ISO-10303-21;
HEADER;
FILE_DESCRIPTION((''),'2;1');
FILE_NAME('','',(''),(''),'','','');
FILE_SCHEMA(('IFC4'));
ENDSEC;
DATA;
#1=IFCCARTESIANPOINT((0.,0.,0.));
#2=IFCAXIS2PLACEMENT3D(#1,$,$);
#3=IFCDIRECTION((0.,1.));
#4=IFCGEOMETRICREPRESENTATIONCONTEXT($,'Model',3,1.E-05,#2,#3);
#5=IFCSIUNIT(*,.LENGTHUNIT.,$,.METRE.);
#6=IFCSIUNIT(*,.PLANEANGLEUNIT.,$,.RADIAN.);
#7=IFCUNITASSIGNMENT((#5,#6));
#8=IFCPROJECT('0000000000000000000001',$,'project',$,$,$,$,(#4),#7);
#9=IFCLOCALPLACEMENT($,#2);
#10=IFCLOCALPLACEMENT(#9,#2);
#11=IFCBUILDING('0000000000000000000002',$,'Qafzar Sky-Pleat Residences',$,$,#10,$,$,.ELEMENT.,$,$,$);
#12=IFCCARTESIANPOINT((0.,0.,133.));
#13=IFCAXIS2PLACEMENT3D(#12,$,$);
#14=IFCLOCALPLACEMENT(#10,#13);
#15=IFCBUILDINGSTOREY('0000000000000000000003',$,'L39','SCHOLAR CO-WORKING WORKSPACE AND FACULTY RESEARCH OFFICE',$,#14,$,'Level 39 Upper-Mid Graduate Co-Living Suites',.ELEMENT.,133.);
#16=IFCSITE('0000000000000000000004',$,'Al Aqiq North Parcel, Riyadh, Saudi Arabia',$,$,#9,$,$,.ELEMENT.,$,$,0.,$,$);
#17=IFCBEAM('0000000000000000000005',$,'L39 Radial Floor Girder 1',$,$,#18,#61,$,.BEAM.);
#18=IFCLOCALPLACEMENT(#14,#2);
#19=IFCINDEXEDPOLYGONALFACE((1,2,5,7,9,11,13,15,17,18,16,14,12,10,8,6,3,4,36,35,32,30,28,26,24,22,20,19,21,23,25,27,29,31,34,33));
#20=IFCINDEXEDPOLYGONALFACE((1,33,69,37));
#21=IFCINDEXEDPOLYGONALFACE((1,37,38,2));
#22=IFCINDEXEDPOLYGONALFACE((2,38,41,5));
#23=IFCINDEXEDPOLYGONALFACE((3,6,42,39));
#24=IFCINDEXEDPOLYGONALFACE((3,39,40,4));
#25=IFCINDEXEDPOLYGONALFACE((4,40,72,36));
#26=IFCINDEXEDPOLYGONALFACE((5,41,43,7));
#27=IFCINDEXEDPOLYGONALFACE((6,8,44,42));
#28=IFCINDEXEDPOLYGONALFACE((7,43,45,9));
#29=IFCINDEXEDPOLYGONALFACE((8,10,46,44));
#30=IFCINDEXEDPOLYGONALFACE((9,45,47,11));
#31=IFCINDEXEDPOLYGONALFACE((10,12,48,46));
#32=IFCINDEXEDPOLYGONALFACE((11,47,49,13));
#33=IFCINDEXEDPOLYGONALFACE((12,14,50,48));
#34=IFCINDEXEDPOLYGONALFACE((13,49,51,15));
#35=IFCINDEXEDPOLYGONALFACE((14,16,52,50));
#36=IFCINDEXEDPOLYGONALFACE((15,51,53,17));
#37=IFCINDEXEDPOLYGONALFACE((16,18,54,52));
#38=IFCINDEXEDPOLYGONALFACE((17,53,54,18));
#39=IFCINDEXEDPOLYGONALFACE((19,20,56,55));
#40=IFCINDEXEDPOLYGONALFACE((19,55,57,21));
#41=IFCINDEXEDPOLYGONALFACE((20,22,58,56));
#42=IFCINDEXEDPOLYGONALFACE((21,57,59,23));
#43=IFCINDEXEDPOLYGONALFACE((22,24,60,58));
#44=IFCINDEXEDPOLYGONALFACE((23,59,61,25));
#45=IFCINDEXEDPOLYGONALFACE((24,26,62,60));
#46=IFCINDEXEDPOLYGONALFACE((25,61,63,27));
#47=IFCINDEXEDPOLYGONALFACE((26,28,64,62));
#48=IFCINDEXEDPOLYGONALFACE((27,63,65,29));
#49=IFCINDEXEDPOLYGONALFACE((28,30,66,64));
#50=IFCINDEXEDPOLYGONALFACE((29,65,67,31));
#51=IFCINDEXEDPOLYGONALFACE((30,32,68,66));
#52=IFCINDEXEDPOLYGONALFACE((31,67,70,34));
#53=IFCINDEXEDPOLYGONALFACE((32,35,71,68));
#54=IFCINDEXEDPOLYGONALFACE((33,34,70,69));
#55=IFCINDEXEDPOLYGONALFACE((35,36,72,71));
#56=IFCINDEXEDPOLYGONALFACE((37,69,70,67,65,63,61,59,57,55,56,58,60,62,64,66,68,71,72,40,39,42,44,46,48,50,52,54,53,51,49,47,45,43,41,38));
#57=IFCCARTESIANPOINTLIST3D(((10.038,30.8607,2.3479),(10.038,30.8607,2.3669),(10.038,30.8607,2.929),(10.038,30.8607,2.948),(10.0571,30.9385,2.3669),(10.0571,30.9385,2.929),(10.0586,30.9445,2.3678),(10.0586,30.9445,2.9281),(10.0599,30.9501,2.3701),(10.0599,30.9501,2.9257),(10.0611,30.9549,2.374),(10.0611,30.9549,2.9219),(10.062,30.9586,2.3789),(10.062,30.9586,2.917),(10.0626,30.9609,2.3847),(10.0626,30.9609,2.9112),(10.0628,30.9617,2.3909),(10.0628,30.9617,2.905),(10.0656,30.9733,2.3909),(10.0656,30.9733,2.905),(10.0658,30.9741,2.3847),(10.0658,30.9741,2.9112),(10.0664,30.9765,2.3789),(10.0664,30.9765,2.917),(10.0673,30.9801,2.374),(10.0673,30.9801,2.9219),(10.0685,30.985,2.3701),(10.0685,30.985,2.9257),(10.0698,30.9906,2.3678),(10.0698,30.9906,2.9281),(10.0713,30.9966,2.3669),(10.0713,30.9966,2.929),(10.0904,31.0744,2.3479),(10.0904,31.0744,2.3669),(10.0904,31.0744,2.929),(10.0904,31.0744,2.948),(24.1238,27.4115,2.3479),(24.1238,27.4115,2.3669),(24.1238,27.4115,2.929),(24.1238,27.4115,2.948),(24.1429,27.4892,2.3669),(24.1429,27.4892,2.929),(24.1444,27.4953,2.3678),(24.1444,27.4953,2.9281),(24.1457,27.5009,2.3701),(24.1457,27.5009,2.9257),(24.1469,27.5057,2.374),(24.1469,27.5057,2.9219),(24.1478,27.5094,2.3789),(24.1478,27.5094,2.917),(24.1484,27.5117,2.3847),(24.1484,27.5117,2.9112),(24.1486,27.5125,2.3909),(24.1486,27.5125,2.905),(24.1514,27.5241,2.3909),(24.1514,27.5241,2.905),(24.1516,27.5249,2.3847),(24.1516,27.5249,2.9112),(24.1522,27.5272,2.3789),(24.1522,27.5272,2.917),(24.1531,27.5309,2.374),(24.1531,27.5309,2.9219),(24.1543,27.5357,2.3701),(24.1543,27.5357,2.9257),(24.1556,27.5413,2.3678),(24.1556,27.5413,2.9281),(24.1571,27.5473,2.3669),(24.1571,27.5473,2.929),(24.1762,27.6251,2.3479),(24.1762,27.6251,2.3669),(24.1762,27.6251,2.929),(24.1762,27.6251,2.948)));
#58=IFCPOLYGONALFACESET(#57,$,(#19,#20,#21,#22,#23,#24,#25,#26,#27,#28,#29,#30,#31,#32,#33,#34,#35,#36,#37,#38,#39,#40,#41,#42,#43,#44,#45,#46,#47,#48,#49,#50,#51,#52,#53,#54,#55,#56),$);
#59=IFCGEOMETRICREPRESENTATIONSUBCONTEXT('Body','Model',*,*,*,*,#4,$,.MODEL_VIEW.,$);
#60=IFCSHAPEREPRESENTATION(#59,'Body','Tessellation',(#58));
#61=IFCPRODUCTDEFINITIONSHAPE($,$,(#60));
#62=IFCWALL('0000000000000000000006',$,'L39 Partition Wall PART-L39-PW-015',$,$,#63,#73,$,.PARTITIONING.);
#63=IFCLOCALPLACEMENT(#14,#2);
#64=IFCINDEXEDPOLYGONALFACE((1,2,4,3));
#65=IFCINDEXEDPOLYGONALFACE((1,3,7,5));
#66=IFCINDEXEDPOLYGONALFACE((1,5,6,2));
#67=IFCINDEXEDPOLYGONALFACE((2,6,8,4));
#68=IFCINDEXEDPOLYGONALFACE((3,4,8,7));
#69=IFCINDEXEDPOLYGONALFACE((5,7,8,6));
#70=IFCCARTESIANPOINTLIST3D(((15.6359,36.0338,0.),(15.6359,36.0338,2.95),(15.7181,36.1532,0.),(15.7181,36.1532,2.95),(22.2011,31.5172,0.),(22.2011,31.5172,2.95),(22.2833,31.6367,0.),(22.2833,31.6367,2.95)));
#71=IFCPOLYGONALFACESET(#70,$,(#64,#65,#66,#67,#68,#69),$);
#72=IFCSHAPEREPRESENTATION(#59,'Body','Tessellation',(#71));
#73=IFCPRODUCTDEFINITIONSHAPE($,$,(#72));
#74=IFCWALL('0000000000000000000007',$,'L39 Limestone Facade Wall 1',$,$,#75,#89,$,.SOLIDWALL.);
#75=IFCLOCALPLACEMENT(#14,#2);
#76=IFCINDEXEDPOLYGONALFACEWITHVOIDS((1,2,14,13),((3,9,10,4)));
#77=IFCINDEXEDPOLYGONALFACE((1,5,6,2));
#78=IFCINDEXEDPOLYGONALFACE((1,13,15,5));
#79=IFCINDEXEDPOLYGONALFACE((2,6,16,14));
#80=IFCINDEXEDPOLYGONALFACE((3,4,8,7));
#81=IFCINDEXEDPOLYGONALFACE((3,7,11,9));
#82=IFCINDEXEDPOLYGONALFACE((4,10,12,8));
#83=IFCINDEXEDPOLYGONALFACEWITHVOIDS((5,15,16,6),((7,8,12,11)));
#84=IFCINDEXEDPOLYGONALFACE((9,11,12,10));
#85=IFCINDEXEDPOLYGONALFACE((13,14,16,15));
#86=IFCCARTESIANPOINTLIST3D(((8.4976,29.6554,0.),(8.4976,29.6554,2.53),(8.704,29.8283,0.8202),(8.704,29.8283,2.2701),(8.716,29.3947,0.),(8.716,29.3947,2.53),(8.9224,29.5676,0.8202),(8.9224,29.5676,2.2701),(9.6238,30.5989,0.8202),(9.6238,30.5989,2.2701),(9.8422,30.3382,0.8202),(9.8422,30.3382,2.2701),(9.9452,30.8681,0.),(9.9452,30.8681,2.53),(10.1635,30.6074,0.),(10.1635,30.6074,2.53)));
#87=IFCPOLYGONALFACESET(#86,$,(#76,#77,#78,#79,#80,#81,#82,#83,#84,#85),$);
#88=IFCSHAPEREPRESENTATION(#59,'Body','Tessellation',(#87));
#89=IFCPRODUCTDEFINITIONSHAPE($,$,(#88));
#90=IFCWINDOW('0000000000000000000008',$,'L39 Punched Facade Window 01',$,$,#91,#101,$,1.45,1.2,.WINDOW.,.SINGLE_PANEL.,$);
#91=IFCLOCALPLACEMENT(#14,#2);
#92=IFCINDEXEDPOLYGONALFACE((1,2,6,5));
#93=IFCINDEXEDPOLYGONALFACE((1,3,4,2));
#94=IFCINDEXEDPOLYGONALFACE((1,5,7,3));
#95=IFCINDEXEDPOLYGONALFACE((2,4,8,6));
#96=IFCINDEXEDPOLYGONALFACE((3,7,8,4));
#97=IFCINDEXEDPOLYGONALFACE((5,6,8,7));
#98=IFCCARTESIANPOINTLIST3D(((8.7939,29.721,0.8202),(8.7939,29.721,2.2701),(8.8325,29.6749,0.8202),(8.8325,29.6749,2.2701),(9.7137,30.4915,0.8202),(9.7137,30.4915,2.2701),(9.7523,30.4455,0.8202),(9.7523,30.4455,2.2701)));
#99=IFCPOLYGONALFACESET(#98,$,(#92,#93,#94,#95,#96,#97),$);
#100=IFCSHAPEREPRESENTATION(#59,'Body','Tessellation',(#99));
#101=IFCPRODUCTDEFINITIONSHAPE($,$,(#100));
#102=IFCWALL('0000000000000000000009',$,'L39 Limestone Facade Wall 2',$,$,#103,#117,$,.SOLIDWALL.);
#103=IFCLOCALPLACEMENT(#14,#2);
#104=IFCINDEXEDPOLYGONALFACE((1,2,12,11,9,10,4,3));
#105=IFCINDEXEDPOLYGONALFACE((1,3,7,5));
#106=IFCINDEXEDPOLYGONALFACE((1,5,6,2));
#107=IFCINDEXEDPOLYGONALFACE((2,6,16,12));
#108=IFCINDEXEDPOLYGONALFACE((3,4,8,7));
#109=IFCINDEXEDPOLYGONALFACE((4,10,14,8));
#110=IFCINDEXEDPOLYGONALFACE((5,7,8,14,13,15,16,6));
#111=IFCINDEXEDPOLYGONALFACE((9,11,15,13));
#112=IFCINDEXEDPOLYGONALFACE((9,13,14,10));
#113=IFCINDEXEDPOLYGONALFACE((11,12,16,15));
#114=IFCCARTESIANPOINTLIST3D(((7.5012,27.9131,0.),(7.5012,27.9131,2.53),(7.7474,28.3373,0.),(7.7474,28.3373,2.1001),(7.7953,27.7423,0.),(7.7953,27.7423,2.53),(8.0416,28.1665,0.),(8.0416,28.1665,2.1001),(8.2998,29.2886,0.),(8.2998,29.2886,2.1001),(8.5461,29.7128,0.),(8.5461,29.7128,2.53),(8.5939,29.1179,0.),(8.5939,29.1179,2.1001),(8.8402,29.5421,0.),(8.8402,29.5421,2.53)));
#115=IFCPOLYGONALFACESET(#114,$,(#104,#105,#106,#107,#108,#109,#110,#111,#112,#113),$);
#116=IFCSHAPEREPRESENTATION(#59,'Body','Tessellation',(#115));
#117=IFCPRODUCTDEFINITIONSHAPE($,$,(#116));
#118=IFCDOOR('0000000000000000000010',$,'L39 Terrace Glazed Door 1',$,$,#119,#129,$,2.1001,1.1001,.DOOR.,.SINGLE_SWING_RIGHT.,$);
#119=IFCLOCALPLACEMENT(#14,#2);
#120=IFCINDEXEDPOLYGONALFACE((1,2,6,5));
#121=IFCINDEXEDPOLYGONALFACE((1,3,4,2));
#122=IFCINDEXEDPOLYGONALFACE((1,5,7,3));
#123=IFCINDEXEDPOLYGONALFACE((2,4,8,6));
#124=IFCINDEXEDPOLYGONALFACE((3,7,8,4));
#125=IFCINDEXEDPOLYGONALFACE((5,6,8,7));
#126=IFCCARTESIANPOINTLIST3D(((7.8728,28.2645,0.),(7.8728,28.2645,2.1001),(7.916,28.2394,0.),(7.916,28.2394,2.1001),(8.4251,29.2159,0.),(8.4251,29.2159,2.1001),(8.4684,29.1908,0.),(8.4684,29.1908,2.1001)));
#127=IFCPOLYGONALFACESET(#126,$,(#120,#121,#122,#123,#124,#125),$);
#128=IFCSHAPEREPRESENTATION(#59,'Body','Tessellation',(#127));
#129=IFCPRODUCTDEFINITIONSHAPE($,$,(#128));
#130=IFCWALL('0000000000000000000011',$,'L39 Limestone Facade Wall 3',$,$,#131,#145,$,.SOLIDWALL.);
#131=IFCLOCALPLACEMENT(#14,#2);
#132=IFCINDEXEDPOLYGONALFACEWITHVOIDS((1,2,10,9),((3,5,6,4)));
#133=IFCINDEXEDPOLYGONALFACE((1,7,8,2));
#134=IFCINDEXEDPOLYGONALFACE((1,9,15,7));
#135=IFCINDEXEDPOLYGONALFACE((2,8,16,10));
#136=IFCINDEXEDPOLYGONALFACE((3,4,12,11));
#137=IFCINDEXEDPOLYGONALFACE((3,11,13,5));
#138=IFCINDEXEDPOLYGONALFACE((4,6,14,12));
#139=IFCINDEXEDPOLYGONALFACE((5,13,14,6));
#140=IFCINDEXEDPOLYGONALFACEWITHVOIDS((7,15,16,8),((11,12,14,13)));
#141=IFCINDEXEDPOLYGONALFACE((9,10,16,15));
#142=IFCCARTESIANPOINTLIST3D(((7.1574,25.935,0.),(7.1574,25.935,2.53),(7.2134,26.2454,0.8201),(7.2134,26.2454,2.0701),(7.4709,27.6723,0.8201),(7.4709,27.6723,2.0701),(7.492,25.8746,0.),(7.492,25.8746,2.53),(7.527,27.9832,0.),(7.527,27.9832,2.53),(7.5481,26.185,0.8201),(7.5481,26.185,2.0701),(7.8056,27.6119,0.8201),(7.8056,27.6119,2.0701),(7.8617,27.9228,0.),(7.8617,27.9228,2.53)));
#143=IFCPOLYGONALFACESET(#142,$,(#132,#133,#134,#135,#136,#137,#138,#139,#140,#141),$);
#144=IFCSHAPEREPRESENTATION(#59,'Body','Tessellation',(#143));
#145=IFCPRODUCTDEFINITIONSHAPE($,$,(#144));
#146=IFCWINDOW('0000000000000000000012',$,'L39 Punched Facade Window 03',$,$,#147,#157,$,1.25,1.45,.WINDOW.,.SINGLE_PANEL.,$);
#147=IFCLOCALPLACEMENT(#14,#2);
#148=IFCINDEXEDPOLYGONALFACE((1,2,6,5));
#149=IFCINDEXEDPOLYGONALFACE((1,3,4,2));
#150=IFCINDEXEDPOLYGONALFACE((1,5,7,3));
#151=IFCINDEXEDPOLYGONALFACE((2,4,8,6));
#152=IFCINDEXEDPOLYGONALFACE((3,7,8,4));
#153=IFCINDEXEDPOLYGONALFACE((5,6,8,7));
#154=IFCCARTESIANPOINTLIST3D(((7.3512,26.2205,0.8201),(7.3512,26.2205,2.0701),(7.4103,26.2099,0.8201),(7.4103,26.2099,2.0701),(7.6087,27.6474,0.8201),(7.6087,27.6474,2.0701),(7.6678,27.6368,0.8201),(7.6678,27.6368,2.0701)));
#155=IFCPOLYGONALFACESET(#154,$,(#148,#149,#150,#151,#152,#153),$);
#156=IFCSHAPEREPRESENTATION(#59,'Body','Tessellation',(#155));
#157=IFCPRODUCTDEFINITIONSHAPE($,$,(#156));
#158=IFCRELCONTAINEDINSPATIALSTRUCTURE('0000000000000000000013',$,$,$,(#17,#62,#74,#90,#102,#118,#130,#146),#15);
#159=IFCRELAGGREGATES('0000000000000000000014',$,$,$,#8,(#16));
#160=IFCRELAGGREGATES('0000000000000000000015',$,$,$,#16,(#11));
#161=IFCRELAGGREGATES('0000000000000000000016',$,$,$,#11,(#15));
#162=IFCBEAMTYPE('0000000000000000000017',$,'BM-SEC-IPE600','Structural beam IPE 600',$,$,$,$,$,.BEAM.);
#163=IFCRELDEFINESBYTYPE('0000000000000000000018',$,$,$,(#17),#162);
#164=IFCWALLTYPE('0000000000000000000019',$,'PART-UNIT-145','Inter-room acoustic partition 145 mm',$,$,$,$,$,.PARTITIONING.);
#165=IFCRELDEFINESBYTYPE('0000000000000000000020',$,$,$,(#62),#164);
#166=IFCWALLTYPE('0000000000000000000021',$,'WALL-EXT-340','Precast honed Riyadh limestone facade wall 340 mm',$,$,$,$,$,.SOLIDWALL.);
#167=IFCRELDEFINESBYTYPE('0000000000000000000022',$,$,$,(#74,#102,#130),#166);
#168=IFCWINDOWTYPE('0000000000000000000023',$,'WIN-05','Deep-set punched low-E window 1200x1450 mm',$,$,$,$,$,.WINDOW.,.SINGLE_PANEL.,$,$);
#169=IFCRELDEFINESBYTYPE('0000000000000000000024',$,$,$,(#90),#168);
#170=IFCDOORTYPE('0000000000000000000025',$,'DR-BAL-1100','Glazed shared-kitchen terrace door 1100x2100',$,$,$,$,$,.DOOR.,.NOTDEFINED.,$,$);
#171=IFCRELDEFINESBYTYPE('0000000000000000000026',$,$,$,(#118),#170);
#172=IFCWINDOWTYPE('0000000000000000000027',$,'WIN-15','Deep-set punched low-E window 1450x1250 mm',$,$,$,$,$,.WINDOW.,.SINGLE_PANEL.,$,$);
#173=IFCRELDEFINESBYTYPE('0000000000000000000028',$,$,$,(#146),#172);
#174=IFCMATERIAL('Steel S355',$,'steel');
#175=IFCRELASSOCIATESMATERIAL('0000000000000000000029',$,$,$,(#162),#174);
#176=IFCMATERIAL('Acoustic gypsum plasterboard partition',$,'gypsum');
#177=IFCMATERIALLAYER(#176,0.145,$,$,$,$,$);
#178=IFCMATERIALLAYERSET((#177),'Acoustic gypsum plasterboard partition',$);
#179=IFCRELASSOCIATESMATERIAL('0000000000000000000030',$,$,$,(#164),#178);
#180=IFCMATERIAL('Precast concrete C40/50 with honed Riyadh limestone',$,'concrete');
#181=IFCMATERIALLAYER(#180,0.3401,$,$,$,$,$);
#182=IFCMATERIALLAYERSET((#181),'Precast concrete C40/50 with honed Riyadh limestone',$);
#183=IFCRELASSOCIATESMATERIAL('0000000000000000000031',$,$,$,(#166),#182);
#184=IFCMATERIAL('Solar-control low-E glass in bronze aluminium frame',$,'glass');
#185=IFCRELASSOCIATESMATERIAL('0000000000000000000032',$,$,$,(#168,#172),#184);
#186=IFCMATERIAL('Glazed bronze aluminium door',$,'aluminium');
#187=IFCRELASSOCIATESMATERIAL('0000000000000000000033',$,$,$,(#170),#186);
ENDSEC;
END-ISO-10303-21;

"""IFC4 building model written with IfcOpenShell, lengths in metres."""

from ifc_helpers import new_model, si_unit, direction, frame, frame_2d, origin, origin_2d, place, context, subcontext, project, spatial, rectangle, i_section, extrude, source, transform, mapped, material, layer, layer_set, material_profile, profile_set, type_object, element, fill, save


model = new_model("IFC4")

# Units and contexts
model_context = context("Model", 3, precision=1e-05, world=origin(), true_north=direction((0.0, 1.0)))
body_context = subcontext(model_context, "Body", "Model", "MODEL_VIEW")
ifc_project = project(units=[si_unit("LENGTHUNIT", "METRE"), si_unit("PLANEANGLEUNIT", "RADIAN")], contexts=[model_context])

# Site, building, storey
site_placement = place(None, origin())
site = spatial("IfcSite", under=ifc_project, at=site_placement, Name="Al Aqiq North Parcel, Riyadh, Saudi Arabia", CompositionType="ELEMENT", RefElevation=0.0)
building_placement = place(site_placement, origin())
building = spatial("IfcBuilding", under=site, at=building_placement, Name="Qafzar Sky-Pleat Residences", CompositionType="ELEMENT")
storey_placement = place(building_placement, frame((0.0, 0.0, 133.0)))
storey = spatial("IfcBuildingStorey", under=building, at=storey_placement, Name="L39", Description="SCHOLAR CO-WORKING WORKSPACE AND FACULTY RESEARCH OFFICE", LongName="Level 39 Upper-Mid Graduate Co-Living Suites", CompositionType="ELEMENT", Elevation=133.0)

# Shared definitions
ifc_material_1 = material(Name="Steel S355", Category="steel")

# Beam
ifc_material_profile_1 = material_profile(ifc_material_1, i_section(OverallWidth=0.22, OverallDepth=0.6001, WebThickness=0.012, FlangeThickness=0.019, FilletRadius=0.0239, at=origin_2d()), Name="IPE 600")
ifc_profile_set_1 = profile_set([ifc_material_profile_1], Name="Steel S355")
beam_type_1 = type_object("IfcBeamType", Name="BM-SEC-IPE600", Description="Structural beam IPE 600", PredefinedType="BEAM", material=ifc_profile_set_1)
shared_shape_1 = source(origin(), body_context, "Body", "SweptSolid", [
    extrude(i_section(OverallWidth=0.22, OverallDepth=0.6001, WebThickness=0.012, FlangeThickness=0.019, FilletRadius=0.0239, at=origin_2d()), origin(), (0.0, 0.0, 1.0), 14.502),
])
beam_1_placement = place(storey_placement, frame((10.0642, 30.9675, 2.6479), z_axis=(0.971303, -0.237847, 0.0), x_axis=(0.237847, 0.971303, 0.0)))
element("IfcBeam", 1, at=beam_1_placement, inside=storey, type_object=beam_type_1, Name="L39 Radial Floor Girder 1", PredefinedType="BEAM", context=body_context, shape_type="MappedRepresentation", body=[
    mapped(shared_shape_1, transform((0.0, 0.0, 0.0), x_axis=(1.0, 0.0, 0.0), y_axis=(0.0, 1.0, 0.0), z_axis=(0.0, 0.0, 1.0), scale=1.0)),
])

# Wall
ifc_material_2 = material(Name="Acoustic gypsum plasterboard partition", Category="gypsum")
ifc_layer_1 = layer(ifc_material_2, 0.145)
ifc_layer_set_1 = layer_set([ifc_layer_1], Name="Acoustic gypsum plasterboard partition")
wall_type_1 = type_object("IfcWallType", Name="PART-UNIT-145", Description="Inter-room acoustic partition 145 mm", PredefinedType="PARTITIONING", material=ifc_layer_set_1)
wall_1_placement = place(storey_placement, frame((15.677, 36.0935, 0.0), z_axis=(0.0, 0.0, 1.0), x_axis=(0.823864, -0.566788, 0.0)))
element("IfcWall", 2, at=wall_1_placement, inside=storey, type_object=wall_type_1, Name="L39 Partition Wall PART-L39-PW-015", PredefinedType="PARTITIONING", context=body_context, shape_type="SweptSolid", body=[
    extrude(rectangle(XDim=7.9688, YDim=0.145, at=frame_2d((3.9844, 0.0))), origin(), (0.0, 0.0, 1.0), 2.95),
])

# Wall, opening, window
ifc_material_3 = material(Name="Precast concrete C40/50 with honed Riyadh limestone", Category="concrete")
ifc_layer_2 = layer(ifc_material_3, 0.3401)
ifc_layer_set_2 = layer_set([ifc_layer_2], Name="Precast concrete C40/50 with honed Riyadh limestone")
wall_type_2 = type_object("IfcWallType", Name="WALL-EXT-340", Description="Precast honed Riyadh limestone facade wall 340 mm", PredefinedType="SOLIDWALL", material=ifc_layer_set_2)
wall_2_placement = place(storey_placement, frame((10.0544, 30.7378, 0.0), z_axis=(0.0, 0.0, 1.0), x_axis=(-0.766555, -0.642179, 0.0)))
wall_2 = element("IfcWall", 3, at=wall_2_placement, inside=storey, type_object=wall_type_2, Name="L39 Limestone Facade Wall 1", PredefinedType="SOLIDWALL", context=body_context, shape_type="SweptSolid", body=[
    extrude(rectangle(XDim=1.8884, YDim=0.3401, at=frame_2d((0.9443, 0.0))), origin(), (0.0, 0.0, 1.0), 2.53),
])
opening_1_placement = place(wall_2_placement, frame((0.4192, 0.0, 0.8201)))
opening_1 = element("IfcOpeningElement", 4, at=opening_1_placement, cuts=wall_2, PredefinedType="OPENING", context=body_context, shape_type="SweptSolid", body=[
    extrude(rectangle(XDim=1.2, YDim=1.45, at=frame_2d((0.6001, 0.7251))), frame((0.0, 0.1802, 0.0), z_axis=(0.0, -1.0, 0.0), x_axis=(1.0, 0.0, 0.0)), (0.0, 0.0, 1.0), 0.3601),
])
ifc_material_4 = material(Name="Solar-control low-E glass in bronze aluminium frame", Category="glass")
window_type_1 = type_object("IfcWindowType", Name="WIN-05", Description="Deep-set punched low-E window 1200x1450 mm", PartitioningType="SINGLE_PANEL", PredefinedType="WINDOW", material=ifc_material_4)
shared_shape_2 = source(origin(), body_context, "Body", "SweptSolid", [
    extrude(rectangle(XDim=1.2, YDim=1.45, at=frame_2d((0.6001, 0.7251))), frame((0.0, 0.03, 0.0), z_axis=(0.0, -1.0, 0.0), x_axis=(1.0, 0.0, 0.0)), (0.0, 0.0, 1.0), 0.0601),
])
window_1_placement = place(opening_1_placement, origin())
window_1 = element("IfcWindow", 5, at=window_1_placement, inside=storey, type_object=window_type_1, Name="L39 Punched Facade Window 01", OverallHeight=1.45, OverallWidth=1.2, PartitioningType="SINGLE_PANEL", PredefinedType="WINDOW", context=body_context, shape_type="MappedRepresentation", body=[
    mapped(shared_shape_2, transform((0.0, 0.0, 0.0), x_axis=(1.0, 0.0, 0.0), y_axis=(0.0, 1.0, 0.0), z_axis=(0.0, 0.0, 1.0), scale=1.0)),
])
fill(opening_1, window_1)

# Wall, opening, door
wall_3_placement = place(storey_placement, frame((8.6931, 29.6274, 0.0), z_axis=(0.0, 0.0, 1.0), x_axis=(-0.50209, -0.864815, 0.0)))
wall_3 = element("IfcWall", 6, at=wall_3_placement, inside=storey, type_object=wall_type_2, Name="L39 Limestone Facade Wall 2", PredefinedType="SOLIDWALL", context=body_context, shape_type="SweptSolid", body=[
    extrude(rectangle(XDim=2.0811, YDim=0.3401, at=frame_2d((1.0405, 0.0))), origin(), (0.0, 0.0, 1.0), 2.53),
])
opening_2_placement = place(wall_3_placement, frame((0.4905, 0.0, 0.0)))
opening_2 = element("IfcOpeningElement", 7, at=opening_2_placement, cuts=wall_3, PredefinedType="OPENING", context=body_context, shape_type="SweptSolid", body=[
    extrude(rectangle(XDim=1.1001, YDim=2.1001, at=frame_2d((0.55, 1.05))), frame((0.0, 0.1802, 0.0), z_axis=(0.0, -1.0, 0.0), x_axis=(1.0, 0.0, 0.0)), (0.0, 0.0, 1.0), 0.3601),
])
ifc_material_5 = material(Name="Glazed bronze aluminium door", Category="aluminium")
door_type = type_object("IfcDoorType", Name="DR-BAL-1100", Description="Glazed shared-kitchen terrace door 1100x2100", OperationType="NOTDEFINED", PredefinedType="DOOR", material=ifc_material_5)
shared_shape_3 = source(origin(), body_context, "Body", "SweptSolid", [
    extrude(rectangle(XDim=1.1001, YDim=2.1001, at=frame_2d((0.55, 1.05))), frame((0.0, 0.0249, 0.0), z_axis=(0.0, -1.0, 0.0), x_axis=(1.0, 0.0, 0.0)), (0.0, 0.0, 1.0), 0.05),
])
door_placement = place(opening_2_placement, origin())
door = element("IfcDoor", 8, at=door_placement, inside=storey, type_object=door_type, Name="L39 Terrace Glazed Door 1", OperationType="SINGLE_SWING_RIGHT", OverallHeight=2.1001, OverallWidth=1.1001, PredefinedType="DOOR", context=body_context, shape_type="MappedRepresentation", body=[
    mapped(shared_shape_3, transform((0.0, 0.0, 0.0), x_axis=(1.0, 0.0, 0.0), y_axis=(0.0, 1.0, 0.0), z_axis=(0.0, 0.0, 1.0), scale=1.0)),
])
fill(opening_2, door)

# Wall, opening, window
wall_4_placement = place(storey_placement, frame((7.6943, 27.9529, 0.0), z_axis=(0.0, 0.0, 1.0), x_axis=(-0.177605, -0.984102, 0.0)))
wall_4 = element("IfcWall", 9, at=wall_4_placement, inside=storey, type_object=wall_type_2, Name="L39 Limestone Facade Wall 3", PredefinedType="SOLIDWALL", context=body_context, shape_type="SweptSolid", body=[
    extrude(rectangle(XDim=2.0813, YDim=0.3401, at=frame_2d((1.0405, 0.0))), origin(), (0.0, 0.0, 1.0), 2.53),
])
opening_3_placement = place(wall_4_placement, frame((0.3157, 0.0, 0.8201)))
opening_3 = element("IfcOpeningElement", 10, at=opening_3_placement, cuts=wall_4, PredefinedType="OPENING", context=body_context, shape_type="SweptSolid", body=[
    extrude(rectangle(XDim=1.45, YDim=1.25, at=frame_2d((0.7251, 0.625))), frame((0.0, 0.1802, 0.0), z_axis=(0.0, -1.0, 0.0), x_axis=(1.0, 0.0, 0.0)), (0.0, 0.0, 1.0), 0.3601),
])
window_type_2 = type_object("IfcWindowType", Name="WIN-15", Description="Deep-set punched low-E window 1450x1250 mm", PartitioningType="SINGLE_PANEL", PredefinedType="WINDOW", material=ifc_material_4)
shared_shape_4 = source(origin(), body_context, "Body", "SweptSolid", [
    extrude(rectangle(XDim=1.45, YDim=1.25, at=frame_2d((0.7251, 0.625))), frame((0.0, 0.03, 0.0), z_axis=(0.0, -1.0, 0.0), x_axis=(1.0, 0.0, 0.0)), (0.0, 0.0, 1.0), 0.0601),
])
window_2_placement = place(opening_3_placement, origin())
window_2 = element("IfcWindow", 11, at=window_2_placement, inside=storey, type_object=window_type_2, Name="L39 Punched Facade Window 03", OverallHeight=1.25, OverallWidth=1.45, PartitioningType="SINGLE_PANEL", PredefinedType="WINDOW", context=body_context, shape_type="MappedRepresentation", body=[
    mapped(shared_shape_4, transform((0.0, 0.0, 0.0), x_axis=(1.0, 0.0, 0.0), y_axis=(0.0, 1.0, 0.0), z_axis=(0.0, 0.0, 1.0), scale=1.0)),
])
fill(opening_3, window_2)

save(model, "model.ifc")
